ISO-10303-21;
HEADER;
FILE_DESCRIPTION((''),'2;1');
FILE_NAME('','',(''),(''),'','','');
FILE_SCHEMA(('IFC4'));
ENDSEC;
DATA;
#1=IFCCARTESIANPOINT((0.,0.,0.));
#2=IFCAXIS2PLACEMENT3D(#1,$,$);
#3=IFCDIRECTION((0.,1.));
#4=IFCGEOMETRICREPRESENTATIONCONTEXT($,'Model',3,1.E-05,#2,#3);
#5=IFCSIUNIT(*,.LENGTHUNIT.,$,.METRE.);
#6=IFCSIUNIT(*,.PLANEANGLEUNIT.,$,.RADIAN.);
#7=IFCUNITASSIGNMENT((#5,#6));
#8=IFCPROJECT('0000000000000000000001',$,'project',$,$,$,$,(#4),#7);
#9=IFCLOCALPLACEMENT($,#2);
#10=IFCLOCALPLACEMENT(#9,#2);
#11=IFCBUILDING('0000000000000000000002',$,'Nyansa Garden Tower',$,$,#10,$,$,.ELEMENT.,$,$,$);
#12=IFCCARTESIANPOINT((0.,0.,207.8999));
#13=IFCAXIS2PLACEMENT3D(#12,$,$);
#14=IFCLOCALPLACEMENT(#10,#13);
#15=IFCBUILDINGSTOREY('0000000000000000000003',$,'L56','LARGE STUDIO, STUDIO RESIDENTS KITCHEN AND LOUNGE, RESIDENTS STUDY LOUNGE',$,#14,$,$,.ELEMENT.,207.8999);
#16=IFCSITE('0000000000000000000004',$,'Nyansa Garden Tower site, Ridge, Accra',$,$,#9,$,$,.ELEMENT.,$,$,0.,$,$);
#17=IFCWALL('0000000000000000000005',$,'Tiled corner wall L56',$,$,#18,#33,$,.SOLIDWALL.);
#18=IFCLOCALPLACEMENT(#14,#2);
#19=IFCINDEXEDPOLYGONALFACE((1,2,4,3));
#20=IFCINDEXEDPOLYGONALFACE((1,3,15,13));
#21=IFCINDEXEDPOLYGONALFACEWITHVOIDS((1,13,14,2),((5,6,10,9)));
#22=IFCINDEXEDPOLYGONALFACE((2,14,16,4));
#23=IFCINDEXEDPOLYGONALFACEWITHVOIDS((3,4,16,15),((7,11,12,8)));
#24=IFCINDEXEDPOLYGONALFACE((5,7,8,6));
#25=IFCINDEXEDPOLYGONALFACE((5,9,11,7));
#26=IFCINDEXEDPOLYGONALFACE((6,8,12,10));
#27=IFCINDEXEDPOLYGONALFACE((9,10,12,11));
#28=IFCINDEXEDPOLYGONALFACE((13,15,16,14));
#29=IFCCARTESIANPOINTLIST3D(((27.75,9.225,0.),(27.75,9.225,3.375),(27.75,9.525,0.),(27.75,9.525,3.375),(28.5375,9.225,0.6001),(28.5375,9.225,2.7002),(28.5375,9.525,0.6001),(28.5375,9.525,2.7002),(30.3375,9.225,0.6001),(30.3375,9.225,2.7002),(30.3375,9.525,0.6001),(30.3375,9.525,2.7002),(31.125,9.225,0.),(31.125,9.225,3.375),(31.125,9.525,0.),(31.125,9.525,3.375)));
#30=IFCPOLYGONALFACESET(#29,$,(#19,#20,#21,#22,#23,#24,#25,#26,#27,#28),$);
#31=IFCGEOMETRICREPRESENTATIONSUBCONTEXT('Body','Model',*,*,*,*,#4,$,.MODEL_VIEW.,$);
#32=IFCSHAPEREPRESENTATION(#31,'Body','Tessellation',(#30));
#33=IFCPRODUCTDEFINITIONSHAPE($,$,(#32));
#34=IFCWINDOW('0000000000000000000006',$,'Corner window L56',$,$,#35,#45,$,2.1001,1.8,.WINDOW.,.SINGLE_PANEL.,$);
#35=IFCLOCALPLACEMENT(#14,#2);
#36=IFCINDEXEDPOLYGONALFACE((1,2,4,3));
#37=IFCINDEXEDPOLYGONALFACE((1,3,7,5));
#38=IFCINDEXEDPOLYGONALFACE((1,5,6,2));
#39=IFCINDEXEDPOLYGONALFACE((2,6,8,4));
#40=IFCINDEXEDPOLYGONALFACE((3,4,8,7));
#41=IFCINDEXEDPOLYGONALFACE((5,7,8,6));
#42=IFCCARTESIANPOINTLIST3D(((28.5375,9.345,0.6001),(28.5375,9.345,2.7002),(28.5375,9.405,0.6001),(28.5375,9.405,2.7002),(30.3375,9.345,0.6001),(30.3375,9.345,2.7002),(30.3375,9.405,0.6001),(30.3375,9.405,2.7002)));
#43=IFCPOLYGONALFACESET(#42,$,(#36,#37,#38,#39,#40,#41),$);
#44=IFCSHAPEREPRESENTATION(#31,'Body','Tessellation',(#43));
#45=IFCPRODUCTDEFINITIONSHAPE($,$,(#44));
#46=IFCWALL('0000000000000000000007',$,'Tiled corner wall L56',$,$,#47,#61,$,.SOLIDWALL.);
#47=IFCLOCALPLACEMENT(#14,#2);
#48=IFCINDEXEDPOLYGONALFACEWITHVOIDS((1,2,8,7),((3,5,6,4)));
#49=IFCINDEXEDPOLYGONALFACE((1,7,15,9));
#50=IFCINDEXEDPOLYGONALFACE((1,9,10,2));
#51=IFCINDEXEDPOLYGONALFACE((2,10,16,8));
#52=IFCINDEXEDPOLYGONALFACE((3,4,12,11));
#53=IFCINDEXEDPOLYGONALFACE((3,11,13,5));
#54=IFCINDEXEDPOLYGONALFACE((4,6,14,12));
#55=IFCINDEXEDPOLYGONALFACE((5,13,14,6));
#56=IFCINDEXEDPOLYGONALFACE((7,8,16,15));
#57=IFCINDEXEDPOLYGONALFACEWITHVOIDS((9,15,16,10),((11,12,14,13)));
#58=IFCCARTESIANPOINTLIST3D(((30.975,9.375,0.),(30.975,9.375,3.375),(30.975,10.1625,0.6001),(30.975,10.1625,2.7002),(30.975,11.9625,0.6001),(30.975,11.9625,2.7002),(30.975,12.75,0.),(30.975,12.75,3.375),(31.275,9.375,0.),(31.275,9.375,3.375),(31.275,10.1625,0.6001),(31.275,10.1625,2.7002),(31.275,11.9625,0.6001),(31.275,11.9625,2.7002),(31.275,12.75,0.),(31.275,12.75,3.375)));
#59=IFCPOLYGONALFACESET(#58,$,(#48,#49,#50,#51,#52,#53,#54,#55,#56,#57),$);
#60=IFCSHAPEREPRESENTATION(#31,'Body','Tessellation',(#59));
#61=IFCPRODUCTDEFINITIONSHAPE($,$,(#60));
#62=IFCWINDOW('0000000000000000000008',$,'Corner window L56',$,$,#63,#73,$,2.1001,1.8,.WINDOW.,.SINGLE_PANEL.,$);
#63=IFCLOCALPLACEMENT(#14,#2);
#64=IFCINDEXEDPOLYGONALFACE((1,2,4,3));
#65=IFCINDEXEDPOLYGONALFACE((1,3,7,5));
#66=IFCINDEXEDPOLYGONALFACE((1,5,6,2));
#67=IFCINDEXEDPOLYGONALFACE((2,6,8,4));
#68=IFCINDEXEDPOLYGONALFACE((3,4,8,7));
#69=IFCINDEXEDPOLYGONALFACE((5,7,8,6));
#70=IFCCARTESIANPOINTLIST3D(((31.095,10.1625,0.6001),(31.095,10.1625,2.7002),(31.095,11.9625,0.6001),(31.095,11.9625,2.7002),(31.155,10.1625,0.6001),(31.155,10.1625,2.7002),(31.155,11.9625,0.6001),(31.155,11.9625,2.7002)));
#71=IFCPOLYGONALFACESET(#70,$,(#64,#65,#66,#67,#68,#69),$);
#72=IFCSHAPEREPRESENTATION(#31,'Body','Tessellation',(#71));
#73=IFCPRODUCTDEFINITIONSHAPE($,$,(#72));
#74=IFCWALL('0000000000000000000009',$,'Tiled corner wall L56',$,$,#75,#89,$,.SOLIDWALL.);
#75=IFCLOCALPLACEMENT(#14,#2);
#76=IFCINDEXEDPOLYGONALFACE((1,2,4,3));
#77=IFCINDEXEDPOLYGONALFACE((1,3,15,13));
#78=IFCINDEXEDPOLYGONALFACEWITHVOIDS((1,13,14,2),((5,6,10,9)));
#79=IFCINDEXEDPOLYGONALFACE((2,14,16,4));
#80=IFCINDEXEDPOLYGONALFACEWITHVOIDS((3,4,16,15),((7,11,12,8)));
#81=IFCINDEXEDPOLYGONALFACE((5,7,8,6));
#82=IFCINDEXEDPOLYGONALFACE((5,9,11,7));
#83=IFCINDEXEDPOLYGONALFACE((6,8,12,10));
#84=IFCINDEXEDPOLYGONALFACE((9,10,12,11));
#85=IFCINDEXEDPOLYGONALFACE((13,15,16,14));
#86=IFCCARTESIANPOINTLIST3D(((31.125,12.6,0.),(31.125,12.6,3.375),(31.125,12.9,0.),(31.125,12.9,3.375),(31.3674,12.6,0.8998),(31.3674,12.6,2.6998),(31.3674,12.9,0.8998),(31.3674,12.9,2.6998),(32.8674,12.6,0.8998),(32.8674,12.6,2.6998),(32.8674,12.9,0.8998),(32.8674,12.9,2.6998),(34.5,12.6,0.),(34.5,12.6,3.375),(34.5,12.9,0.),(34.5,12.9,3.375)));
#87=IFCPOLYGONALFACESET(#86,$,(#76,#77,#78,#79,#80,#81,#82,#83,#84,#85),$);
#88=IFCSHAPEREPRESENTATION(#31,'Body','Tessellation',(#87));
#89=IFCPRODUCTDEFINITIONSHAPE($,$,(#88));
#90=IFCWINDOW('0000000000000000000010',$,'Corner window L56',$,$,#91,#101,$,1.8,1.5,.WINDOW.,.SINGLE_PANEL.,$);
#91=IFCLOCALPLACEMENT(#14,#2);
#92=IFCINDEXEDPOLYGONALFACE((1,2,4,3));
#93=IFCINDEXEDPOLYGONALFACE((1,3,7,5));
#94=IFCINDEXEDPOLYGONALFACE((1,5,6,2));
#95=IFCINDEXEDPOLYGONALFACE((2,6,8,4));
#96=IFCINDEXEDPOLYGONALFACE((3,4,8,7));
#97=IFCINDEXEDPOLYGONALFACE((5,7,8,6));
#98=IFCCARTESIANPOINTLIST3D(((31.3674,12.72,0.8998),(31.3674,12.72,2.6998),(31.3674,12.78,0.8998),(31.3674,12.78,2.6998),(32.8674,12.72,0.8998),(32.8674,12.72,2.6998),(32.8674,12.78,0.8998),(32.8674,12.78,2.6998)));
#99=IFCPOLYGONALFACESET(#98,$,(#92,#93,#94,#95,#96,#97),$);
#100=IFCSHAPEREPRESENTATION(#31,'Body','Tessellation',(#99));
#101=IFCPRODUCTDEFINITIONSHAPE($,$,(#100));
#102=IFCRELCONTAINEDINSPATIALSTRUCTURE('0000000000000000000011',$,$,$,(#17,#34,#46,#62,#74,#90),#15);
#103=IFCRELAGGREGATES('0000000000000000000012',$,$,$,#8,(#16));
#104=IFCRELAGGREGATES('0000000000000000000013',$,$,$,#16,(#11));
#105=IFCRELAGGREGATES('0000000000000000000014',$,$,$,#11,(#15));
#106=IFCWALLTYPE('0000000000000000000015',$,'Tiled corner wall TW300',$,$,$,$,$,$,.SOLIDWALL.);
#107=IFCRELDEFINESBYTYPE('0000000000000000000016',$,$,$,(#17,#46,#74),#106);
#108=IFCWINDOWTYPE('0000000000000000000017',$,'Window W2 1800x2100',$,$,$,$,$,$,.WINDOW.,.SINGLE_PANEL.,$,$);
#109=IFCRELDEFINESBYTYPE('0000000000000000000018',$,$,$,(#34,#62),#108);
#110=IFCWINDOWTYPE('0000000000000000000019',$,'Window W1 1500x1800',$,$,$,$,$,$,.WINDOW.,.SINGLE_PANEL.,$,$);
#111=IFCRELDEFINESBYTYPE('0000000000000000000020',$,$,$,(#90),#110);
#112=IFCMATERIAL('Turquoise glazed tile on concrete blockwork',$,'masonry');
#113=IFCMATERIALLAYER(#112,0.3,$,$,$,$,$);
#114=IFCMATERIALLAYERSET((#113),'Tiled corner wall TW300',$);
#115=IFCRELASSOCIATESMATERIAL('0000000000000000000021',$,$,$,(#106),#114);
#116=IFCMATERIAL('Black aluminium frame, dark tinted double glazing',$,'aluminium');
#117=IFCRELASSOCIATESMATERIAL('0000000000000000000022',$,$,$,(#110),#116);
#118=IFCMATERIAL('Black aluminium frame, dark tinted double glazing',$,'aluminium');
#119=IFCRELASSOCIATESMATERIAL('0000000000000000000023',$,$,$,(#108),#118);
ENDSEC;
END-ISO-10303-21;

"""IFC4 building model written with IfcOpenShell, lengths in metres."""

from ifc_helpers import new_model, si_unit, direction, frame, frame_2d, origin, place, context, subcontext, project, spatial, rectangle, extrude, material, layer, layer_set, type_object, element, fill, save


model = new_model("IFC4")

# Units and contexts
model_context = context("Model", 3, precision=1e-05, world=origin(), true_north=direction((0.0, 1.0)))
body_context = subcontext(model_context, "Body", "Model", "MODEL_VIEW")
ifc_project = project(units=[si_unit("LENGTHUNIT", "METRE"), si_unit("PLANEANGLEUNIT", "RADIAN")], contexts=[model_context])

# Site, building, storey
site_placement = place(None, origin())
site = spatial("IfcSite", under=ifc_project, at=site_placement, Name="Nyansa Garden Tower site, Ridge, Accra", CompositionType="ELEMENT", RefElevation=0.0)
building_placement = place(site_placement, origin())
building = spatial("IfcBuilding", under=site, at=building_placement, Name="Nyansa Garden Tower", CompositionType="ELEMENT")
storey_placement = place(building_placement, frame((0.0, 0.0, 207.8999)))
storey = spatial("IfcBuildingStorey", under=building, at=storey_placement, Name="L56", Description="LARGE STUDIO, STUDIO RESIDENTS KITCHEN AND LOUNGE, RESIDENTS STUDY LOUNGE", CompositionType="ELEMENT", Elevation=207.8999)

# Walls, openings, windows
ifc_material_1 = material(Name="Turquoise glazed tile on concrete blockwork", Category="masonry")
ifc_layer_1 = layer(ifc_material_1, 0.3)
ifc_layer_set_1 = layer_set([ifc_layer_1], Name="Tiled corner wall TW300")
wall_type_1 = type_object("IfcWallType", Name="Tiled corner wall TW300", PredefinedType="SOLIDWALL", material=ifc_layer_set_1)
ifc_material_2 = material(Name="Black aluminium frame, dark tinted double glazing", Category="aluminium")
window_type_1 = type_object("IfcWindowType", Name="Window W1 1500x1800", PartitioningType="SINGLE_PANEL", PredefinedType="WINDOW", material=ifc_material_2)
wall_1_placement = place(storey_placement, frame((27.75, 9.375, 0.0), z_axis=(0.0, 0.0, 1.0), x_axis=(1.0, 0.0, 0.0)))
wall_1 = element("IfcWall", 1, at=wall_1_placement, inside=storey, type_object=wall_type_1, Name="Tiled corner wall L56", PredefinedType="SOLIDWALL", context=body_context, shape_type="SweptSolid", body=[
    extrude(rectangle(XDim=3.375, YDim=0.3, at=frame_2d((1.6875, 0.0))), origin(), (0.0, 0.0, 1.0), 3.375),
])
opening_1_placement = place(wall_1_placement, frame((0.7876, 0.0, 0.6001)))
opening_1 = element("IfcOpeningElement", 2, at=opening_1_placement, cuts=wall_1, PredefinedType="OPENING", context=body_context, shape_type="SweptSolid", body=[
    extrude(rectangle(XDim=1.8, YDim=2.1001, at=frame_2d((0.8999, 1.05))), frame((0.0, 0.1599, 0.0), z_axis=(0.0, -1.0, 0.0), x_axis=(1.0, 0.0, 0.0)), (0.0, 0.0, 1.0), 0.3201),
])
ifc_material_3 = material(Name="Black aluminium frame, dark tinted double glazing", Category="aluminium")
window_type_2 = type_object("IfcWindowType", Name="Window W2 1800x2100", PartitioningType="SINGLE_PANEL", PredefinedType="WINDOW", material=ifc_material_3)
window_1_placement = place(opening_1_placement, origin())
window_1 = element("IfcWindow", 3, at=window_1_placement, inside=storey, type_object=window_type_2, Name="Corner window L56", OverallHeight=2.1001, OverallWidth=1.8, PartitioningType="SINGLE_PANEL", PredefinedType="WINDOW", context=body_context, shape_type="SweptSolid", body=[
    extrude(rectangle(XDim=1.8, YDim=2.1001, at=frame_2d((0.8999, 1.05))), frame((0.0, 0.03, 0.0), z_axis=(0.0, -1.0, 0.0), x_axis=(1.0, 0.0, 0.0)), (0.0, 0.0, 1.0), 0.0601),
])
fill(opening_1, window_1)
wall_2_placement = place(storey_placement, frame((31.125, 9.375, 0.0), z_axis=(0.0, 0.0, 1.0), x_axis=(0.0, 1.0, 0.0)))
wall_2 = element("IfcWall", 4, at=wall_2_placement, inside=storey, type_object=wall_type_1, Name="Tiled corner wall L56", PredefinedType="SOLIDWALL", context=body_context, shape_type="SweptSolid", body=[
    extrude(rectangle(XDim=3.375, YDim=0.3, at=frame_2d((1.6875, 0.0))), origin(), (0.0, 0.0, 1.0), 3.375),
])
opening_2_placement = place(wall_2_placement, frame((0.7876, 0.0, 0.6001)))
opening_2 = element("IfcOpeningElement", 5, at=opening_2_placement, cuts=wall_2, PredefinedType="OPENING", context=body_context, shape_type="SweptSolid", body=[
    extrude(rectangle(XDim=1.8, YDim=2.1001, at=frame_2d((0.8999, 1.05))), frame((0.0, 0.1599, 0.0), z_axis=(0.0, -1.0, 0.0), x_axis=(1.0, 0.0, 0.0)), (0.0, 0.0, 1.0), 0.3201),
])
window_2_placement = place(opening_2_placement, origin())
window_2 = element("IfcWindow", 6, at=window_2_placement, inside=storey, type_object=window_type_2, Name="Corner window L56", OverallHeight=2.1001, OverallWidth=1.8, PartitioningType="SINGLE_PANEL", PredefinedType="WINDOW", context=body_context, shape_type="SweptSolid", body=[
    extrude(rectangle(XDim=1.8, YDim=2.1001, at=frame_2d((0.8999, 1.05))), frame((0.0, 0.03, 0.0), z_axis=(0.0, -1.0, 0.0), x_axis=(1.0, 0.0, 0.0)), (0.0, 0.0, 1.0), 0.0601),
])
fill(opening_2, window_2)
wall_3_placement = place(storey_placement, frame((31.125, 12.75, 0.0), z_axis=(0.0, 0.0, 1.0), x_axis=(1.0, 0.0, 0.0)))
wall_3 = element("IfcWall", 7, at=wall_3_placement, inside=storey, type_object=wall_type_1, Name="Tiled corner wall L56", PredefinedType="SOLIDWALL", context=body_context, shape_type="SweptSolid", body=[
    extrude(rectangle(XDim=3.375, YDim=0.3, at=frame_2d((1.6875, 0.0))), origin(), (0.0, 0.0, 1.0), 3.375),
])
opening_3_placement = place(wall_3_placement, frame((0.2424, 0.0, 0.8999)))
opening_3 = element("IfcOpeningElement", 8, at=opening_3_placement, cuts=wall_3, PredefinedType="OPENING", context=body_context, shape_type="SweptSolid", body=[
    extrude(rectangle(XDim=1.5, YDim=1.8, at=frame_2d((0.75, 0.8999))), frame((0.0, 0.1599, 0.0), z_axis=(0.0, -1.0, 0.0), x_axis=(1.0, 0.0, 0.0)), (0.0, 0.0, 1.0), 0.3201),
])
window_3_placement = place(opening_3_placement, origin())
window_3 = element("IfcWindow", 9, at=window_3_placement, inside=storey, type_object=window_type_1, Name="Corner window L56", OverallHeight=1.8, OverallWidth=1.5, PartitioningType="SINGLE_PANEL", PredefinedType="WINDOW", context=body_context, shape_type="SweptSolid", body=[
    extrude(rectangle(XDim=1.5, YDim=1.8, at=frame_2d((0.75, 0.8999))), frame((0.0, 0.03, 0.0), z_axis=(0.0, -1.0, 0.0), x_axis=(1.0, 0.0, 0.0)), (0.0, 0.0, 1.0), 0.0601),
])
fill(opening_3, window_3)

save(model, "model.ifc")
